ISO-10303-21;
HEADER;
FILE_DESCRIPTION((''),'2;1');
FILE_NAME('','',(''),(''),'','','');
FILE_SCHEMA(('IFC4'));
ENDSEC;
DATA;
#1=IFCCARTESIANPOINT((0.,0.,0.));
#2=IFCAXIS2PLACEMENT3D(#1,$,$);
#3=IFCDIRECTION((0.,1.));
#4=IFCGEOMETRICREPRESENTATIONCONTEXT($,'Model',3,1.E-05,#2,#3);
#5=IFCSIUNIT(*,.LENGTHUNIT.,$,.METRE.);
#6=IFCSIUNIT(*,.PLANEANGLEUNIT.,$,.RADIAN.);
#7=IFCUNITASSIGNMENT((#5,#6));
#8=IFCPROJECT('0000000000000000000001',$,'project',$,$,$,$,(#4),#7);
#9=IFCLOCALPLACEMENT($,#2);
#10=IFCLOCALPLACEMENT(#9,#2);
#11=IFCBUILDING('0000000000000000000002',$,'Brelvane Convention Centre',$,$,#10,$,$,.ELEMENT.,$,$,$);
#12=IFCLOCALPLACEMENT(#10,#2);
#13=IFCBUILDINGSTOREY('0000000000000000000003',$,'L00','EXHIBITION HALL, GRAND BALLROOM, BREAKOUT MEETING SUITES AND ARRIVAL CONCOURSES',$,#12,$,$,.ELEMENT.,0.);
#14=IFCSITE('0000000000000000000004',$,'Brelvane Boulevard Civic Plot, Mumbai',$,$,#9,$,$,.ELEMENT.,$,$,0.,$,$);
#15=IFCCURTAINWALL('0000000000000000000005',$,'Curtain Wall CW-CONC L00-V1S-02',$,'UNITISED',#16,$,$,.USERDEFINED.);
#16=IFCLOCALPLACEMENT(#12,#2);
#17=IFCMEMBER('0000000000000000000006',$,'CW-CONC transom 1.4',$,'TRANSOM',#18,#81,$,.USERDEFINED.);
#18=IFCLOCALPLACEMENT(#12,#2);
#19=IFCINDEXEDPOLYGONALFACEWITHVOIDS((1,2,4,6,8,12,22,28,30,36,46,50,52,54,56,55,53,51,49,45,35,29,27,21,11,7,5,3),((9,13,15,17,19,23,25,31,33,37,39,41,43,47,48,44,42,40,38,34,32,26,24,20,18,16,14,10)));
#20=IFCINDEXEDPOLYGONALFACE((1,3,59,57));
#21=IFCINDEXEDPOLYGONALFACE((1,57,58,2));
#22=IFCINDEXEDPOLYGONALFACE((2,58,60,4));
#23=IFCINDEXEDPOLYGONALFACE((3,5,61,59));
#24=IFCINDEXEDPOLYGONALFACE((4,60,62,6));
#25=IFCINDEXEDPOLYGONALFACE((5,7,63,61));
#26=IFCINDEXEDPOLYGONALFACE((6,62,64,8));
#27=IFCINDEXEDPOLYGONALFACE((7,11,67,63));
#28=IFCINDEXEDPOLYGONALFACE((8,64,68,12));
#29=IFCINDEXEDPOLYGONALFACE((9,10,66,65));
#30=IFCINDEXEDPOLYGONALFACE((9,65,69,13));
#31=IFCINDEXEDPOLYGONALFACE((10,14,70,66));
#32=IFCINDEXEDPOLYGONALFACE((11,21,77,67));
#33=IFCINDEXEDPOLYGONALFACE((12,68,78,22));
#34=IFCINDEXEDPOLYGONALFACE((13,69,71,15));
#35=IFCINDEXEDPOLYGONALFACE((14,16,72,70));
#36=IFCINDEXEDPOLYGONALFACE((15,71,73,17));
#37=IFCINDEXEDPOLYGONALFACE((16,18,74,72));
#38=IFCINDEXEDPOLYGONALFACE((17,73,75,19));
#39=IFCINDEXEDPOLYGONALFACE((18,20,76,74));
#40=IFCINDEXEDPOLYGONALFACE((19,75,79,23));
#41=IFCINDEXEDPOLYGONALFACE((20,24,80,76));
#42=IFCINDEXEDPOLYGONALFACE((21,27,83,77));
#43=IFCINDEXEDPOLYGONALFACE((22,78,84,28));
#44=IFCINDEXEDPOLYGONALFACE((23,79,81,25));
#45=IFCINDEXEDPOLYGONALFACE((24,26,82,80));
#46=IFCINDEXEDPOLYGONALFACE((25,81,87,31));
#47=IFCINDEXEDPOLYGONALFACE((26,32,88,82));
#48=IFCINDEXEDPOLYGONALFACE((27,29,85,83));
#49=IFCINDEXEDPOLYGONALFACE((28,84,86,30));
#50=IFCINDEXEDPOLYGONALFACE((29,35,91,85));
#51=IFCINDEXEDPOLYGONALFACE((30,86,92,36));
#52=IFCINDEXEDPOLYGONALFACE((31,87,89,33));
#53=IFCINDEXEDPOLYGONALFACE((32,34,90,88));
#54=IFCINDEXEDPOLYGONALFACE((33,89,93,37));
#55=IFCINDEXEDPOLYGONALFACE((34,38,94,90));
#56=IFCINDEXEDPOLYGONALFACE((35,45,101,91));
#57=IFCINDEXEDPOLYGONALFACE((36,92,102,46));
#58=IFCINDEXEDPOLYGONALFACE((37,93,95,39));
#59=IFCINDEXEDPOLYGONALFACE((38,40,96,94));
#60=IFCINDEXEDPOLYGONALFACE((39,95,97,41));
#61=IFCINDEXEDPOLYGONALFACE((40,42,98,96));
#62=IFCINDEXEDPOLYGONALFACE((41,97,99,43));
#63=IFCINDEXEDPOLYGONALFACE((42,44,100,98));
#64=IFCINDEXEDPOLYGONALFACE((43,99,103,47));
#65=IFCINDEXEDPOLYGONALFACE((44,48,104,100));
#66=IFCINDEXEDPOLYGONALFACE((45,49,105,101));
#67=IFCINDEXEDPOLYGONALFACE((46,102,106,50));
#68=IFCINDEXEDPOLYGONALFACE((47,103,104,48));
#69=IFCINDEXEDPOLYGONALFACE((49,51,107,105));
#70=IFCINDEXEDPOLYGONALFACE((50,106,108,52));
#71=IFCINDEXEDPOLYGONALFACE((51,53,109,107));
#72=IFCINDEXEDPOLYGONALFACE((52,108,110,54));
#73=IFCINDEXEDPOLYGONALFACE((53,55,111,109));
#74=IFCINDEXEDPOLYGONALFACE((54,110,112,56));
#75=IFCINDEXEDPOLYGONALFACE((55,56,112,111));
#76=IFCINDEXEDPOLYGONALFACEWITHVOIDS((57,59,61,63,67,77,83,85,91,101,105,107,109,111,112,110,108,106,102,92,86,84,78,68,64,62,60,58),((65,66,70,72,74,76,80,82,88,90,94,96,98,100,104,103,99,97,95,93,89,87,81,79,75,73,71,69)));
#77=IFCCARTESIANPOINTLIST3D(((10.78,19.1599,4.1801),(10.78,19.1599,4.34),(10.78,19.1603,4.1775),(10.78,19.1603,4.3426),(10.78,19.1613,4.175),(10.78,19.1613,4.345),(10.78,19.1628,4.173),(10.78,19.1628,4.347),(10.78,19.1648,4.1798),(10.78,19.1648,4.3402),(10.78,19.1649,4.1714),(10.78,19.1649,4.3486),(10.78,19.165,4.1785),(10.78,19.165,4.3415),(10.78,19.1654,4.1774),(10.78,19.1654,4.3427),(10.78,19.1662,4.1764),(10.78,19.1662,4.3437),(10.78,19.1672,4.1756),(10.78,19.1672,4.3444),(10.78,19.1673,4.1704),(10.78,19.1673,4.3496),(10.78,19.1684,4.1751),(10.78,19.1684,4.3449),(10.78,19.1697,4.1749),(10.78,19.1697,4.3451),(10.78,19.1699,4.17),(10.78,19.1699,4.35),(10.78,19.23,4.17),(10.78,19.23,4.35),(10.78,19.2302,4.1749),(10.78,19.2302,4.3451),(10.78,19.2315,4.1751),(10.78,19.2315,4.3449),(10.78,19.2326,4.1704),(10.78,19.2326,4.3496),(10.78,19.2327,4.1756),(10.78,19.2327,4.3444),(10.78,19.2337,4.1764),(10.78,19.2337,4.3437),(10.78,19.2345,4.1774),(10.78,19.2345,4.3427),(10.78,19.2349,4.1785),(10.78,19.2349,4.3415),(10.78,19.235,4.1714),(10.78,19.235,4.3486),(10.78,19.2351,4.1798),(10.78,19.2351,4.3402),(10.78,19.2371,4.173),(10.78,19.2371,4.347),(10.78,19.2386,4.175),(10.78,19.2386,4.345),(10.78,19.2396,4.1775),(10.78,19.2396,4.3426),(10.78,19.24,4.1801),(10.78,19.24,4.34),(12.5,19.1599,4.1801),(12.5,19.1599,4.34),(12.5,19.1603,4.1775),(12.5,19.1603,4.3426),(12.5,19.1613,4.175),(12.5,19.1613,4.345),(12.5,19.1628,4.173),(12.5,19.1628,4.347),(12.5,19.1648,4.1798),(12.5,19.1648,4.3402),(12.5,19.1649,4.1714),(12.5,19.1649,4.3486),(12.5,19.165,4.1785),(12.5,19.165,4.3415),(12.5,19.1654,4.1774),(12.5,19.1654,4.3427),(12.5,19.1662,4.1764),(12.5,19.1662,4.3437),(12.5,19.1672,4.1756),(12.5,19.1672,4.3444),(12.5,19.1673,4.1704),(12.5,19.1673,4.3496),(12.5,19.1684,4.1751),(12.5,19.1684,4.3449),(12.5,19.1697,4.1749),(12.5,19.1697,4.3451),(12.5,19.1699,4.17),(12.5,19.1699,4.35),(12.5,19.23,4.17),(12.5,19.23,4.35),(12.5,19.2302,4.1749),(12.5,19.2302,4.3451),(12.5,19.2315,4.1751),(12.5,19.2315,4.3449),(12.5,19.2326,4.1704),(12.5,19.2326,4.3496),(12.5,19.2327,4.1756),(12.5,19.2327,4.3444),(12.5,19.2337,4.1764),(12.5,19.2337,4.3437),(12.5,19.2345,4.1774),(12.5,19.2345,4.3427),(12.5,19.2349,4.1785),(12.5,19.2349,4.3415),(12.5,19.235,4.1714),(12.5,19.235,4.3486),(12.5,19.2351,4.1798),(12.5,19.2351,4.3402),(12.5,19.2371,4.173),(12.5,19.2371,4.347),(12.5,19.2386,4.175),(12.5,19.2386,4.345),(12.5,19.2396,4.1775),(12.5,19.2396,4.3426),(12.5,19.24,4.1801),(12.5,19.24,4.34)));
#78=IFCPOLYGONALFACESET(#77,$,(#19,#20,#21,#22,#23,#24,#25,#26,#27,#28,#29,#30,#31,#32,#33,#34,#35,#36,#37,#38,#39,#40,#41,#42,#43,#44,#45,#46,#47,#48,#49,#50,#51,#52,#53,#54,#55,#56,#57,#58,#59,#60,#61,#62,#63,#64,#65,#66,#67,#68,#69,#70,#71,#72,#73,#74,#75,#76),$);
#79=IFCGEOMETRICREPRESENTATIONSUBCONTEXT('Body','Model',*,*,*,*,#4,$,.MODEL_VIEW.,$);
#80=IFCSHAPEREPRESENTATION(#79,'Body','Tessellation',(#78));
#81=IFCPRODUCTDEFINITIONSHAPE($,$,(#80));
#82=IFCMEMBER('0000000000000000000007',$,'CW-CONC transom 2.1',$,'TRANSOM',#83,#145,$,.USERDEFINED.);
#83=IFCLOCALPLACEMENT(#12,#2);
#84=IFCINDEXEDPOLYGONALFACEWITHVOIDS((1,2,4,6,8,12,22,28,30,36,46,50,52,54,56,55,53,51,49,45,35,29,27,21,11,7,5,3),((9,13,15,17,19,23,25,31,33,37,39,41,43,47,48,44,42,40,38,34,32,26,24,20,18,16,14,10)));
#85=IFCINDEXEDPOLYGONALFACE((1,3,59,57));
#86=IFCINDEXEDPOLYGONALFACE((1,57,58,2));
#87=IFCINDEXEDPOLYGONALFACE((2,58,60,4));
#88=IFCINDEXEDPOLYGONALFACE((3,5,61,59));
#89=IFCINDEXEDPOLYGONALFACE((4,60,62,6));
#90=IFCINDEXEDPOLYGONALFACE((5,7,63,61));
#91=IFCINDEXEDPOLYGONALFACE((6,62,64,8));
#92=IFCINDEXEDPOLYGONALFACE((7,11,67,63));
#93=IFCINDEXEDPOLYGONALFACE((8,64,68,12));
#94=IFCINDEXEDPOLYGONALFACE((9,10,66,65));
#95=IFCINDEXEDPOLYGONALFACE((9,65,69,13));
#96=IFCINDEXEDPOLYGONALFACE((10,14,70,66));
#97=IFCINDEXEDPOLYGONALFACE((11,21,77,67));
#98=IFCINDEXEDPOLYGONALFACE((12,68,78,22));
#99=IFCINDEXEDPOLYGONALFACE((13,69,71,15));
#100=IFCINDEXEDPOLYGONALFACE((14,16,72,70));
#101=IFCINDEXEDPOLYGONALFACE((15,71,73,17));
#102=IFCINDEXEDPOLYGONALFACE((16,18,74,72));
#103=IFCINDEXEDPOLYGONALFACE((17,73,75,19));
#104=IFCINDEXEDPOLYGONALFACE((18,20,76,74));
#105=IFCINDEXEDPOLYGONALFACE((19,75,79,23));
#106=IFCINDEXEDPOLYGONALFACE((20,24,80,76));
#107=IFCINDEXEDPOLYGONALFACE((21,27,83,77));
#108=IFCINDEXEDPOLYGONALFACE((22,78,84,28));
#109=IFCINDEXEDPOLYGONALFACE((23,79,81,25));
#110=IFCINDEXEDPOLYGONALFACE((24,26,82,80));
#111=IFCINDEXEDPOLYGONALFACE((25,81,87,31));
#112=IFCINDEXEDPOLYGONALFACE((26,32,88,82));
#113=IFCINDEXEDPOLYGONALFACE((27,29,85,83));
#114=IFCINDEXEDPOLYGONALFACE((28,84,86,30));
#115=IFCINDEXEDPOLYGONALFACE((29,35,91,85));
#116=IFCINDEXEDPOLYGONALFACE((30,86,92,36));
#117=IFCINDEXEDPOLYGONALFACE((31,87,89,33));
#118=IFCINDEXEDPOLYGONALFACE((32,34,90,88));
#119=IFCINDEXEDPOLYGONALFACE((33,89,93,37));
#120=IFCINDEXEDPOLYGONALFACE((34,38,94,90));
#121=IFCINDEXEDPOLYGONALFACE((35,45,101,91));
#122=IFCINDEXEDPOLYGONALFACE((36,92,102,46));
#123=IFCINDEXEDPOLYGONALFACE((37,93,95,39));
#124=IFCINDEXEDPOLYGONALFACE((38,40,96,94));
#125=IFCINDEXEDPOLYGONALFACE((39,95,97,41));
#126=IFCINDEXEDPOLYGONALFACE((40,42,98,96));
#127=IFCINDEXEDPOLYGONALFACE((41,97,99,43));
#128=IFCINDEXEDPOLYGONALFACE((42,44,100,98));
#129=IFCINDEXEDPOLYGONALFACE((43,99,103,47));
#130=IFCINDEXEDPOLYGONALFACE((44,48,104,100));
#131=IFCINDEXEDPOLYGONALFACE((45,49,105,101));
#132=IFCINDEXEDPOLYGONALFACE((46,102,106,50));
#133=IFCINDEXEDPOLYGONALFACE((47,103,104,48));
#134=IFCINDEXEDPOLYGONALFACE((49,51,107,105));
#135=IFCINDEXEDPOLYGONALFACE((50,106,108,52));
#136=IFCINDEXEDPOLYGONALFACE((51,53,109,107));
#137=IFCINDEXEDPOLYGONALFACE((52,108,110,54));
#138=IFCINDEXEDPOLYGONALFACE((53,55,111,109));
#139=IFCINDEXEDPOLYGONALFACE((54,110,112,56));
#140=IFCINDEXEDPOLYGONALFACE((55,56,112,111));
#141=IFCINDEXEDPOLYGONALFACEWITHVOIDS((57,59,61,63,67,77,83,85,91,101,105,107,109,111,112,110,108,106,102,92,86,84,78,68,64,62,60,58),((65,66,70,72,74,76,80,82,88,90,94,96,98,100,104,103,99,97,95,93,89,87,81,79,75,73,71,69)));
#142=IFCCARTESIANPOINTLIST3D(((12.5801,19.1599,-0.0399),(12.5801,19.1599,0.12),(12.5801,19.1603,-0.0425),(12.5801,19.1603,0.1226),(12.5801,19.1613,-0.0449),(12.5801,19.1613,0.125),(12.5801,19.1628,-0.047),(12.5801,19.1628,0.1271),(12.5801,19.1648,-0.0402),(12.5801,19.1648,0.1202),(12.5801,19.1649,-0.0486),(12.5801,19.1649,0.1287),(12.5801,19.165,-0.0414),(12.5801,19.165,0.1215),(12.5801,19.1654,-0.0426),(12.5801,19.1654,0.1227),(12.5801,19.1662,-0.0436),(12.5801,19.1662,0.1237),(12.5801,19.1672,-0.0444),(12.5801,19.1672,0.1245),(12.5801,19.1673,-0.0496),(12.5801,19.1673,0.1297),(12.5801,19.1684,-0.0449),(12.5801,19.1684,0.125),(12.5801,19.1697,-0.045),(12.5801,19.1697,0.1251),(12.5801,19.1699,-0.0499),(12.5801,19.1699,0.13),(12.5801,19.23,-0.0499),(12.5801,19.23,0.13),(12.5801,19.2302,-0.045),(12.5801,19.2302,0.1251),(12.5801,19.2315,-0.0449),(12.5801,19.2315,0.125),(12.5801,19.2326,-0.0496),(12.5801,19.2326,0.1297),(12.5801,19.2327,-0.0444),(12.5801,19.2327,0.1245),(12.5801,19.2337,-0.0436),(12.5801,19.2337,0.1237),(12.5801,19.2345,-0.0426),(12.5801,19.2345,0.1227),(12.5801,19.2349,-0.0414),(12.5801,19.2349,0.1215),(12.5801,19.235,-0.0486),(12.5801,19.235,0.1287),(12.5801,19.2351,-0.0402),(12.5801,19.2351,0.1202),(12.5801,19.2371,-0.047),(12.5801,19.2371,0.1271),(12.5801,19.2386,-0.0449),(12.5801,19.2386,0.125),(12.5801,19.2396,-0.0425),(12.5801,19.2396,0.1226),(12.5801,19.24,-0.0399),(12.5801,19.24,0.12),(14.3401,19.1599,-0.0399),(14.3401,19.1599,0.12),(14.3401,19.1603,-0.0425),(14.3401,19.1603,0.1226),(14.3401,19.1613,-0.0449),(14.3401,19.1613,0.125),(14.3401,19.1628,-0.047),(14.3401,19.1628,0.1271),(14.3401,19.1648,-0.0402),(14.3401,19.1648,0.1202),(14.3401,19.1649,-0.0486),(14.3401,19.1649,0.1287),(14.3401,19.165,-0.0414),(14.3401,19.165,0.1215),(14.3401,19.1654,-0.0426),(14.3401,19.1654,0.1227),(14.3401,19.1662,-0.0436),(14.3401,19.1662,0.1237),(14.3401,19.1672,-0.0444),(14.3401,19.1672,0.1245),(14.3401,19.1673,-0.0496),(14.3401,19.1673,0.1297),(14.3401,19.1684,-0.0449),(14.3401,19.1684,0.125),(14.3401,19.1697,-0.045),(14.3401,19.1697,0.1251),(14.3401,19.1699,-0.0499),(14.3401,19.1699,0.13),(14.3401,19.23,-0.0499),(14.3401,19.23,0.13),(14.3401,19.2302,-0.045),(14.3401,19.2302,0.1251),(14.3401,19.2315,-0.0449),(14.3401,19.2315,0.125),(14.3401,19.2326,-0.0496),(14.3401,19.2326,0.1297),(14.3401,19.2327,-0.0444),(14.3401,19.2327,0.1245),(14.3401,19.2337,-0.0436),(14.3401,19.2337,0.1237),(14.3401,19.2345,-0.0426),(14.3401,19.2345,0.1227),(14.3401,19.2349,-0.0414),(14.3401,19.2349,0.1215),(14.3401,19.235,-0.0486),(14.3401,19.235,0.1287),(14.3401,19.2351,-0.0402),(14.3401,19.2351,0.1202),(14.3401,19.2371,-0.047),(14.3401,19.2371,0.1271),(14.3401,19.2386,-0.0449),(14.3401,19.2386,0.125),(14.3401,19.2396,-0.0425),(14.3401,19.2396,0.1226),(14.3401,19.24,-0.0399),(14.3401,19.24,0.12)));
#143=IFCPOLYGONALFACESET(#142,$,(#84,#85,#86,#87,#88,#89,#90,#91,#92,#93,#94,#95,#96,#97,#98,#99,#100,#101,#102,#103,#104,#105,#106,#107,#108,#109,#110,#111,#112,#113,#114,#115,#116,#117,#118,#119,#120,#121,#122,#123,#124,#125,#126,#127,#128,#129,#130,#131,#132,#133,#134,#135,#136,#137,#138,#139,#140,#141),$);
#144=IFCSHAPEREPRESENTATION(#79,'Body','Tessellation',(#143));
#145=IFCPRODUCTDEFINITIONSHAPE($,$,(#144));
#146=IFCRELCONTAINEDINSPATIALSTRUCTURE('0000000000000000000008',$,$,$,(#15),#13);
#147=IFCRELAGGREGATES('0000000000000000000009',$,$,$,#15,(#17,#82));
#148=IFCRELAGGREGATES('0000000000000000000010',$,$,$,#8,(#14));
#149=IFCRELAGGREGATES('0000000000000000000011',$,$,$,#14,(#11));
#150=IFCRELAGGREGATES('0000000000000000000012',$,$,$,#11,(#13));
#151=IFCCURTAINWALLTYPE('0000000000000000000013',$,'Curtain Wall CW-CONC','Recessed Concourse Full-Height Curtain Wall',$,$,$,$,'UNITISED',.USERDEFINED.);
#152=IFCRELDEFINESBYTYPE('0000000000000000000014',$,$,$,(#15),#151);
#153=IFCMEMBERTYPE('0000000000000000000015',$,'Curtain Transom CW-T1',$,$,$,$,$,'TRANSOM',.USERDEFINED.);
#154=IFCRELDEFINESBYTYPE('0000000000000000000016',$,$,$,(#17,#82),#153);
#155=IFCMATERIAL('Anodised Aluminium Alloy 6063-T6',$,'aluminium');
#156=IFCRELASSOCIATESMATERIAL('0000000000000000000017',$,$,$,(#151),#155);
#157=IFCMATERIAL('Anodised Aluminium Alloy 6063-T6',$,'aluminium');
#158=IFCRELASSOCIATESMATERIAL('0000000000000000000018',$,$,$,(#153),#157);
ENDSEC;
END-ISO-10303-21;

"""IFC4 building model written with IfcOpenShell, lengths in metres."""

from ifc_helpers import new_model, si_unit, direction, frame, origin, origin_2d, place, context, subcontext, project, spatial, hollow_rectangle, extrude, material, material_profile, profile_set, type_object, element, aggregate, save


model = new_model("IFC4")

# Units and contexts
model_context = context("Model", 3, precision=1e-05, world=origin(), true_north=direction((0.0, 1.0)))
body_context = subcontext(model_context, "Body", "Model", "MODEL_VIEW")
ifc_project = project(units=[si_unit("LENGTHUNIT", "METRE"), si_unit("PLANEANGLEUNIT", "RADIAN")], contexts=[model_context])

# Site, building, storey
site_placement = place(None, origin())
site = spatial("IfcSite", under=ifc_project, at=site_placement, Name="Brelvane Boulevard Civic Plot, Mumbai", CompositionType="ELEMENT", RefElevation=0.0)
building_placement = place(site_placement, origin())
building = spatial("IfcBuilding", under=site, at=building_placement, Name="Brelvane Convention Centre", CompositionType="ELEMENT")
storey_placement = place(building_placement, origin())
storey = spatial("IfcBuildingStorey", under=building, at=storey_placement, Name="L00", Description="EXHIBITION HALL, GRAND BALLROOM, BREAKOUT MEETING SUITES AND ARRIVAL CONCOURSES", CompositionType="ELEMENT", Elevation=0.0)

# Curtain wall, members
ifc_material_1 = material(Name="Anodised Aluminium Alloy 6063-T6", Category="aluminium")
curtain_wall_type = type_object("IfcCurtainWallType", Name="Curtain Wall CW-CONC", Description="Recessed Concourse Full-Height Curtain Wall", ElementType="UNITISED", PredefinedType="USERDEFINED", material=ifc_material_1)
curtain_wall_placement = place(storey_placement, origin())
curtain_wall = element("IfcCurtainWall", 1, at=curtain_wall_placement, inside=storey, type_object=curtain_wall_type, Name="Curtain Wall CW-CONC L00-V1S-02", ObjectType="UNITISED", PredefinedType="USERDEFINED")
ifc_material_2 = material(Name="Anodised Aluminium Alloy 6063-T6", Category="aluminium")
ifc_material_profile_1 = material_profile(ifc_material_2, hollow_rectangle(XDim=0.0801, YDim=0.1799, WallThickness=0.0049, InnerFilletRadius=0.0049, OuterFilletRadius=0.01, at=origin_2d()), Name="ALU-T 180x80x5.0")
ifc_profile_set_1 = profile_set([ifc_material_profile_1], Name="Anodised Aluminium Alloy 6063-T6")
member_type_1 = type_object("IfcMemberType", Name="Curtain Transom CW-T1", ElementType="TRANSOM", PredefinedType="USERDEFINED", material=ifc_profile_set_1)
member_1_placement = place(storey_placement, frame((10.78, 19.2, 4.26), z_axis=(1.0, 0.0, 0.0), x_axis=(0.0, 1.0, 0.0)))
member_1 = element("IfcMember", 2, at=member_1_placement, type_object=member_type_1, Name="CW-CONC transom 1.4", ObjectType="TRANSOM", PredefinedType="USERDEFINED", context=body_context, shape_type="SweptSolid", body=[
    extrude(hollow_rectangle(XDim=0.0801, YDim=0.1799, WallThickness=0.0049, InnerFilletRadius=0.0049, OuterFilletRadius=0.01, at=origin_2d()), origin(), (0.0, 0.0, 1.0), 1.72),
])
member_2_placement = place(storey_placement, frame((12.5801, 19.2, 0.04), z_axis=(1.0, 0.0, 0.0), x_axis=(0.0, 1.0, 0.0)))
member_2 = element("IfcMember", 3, at=member_2_placement, type_object=member_type_1, Name="CW-CONC transom 2.1", ObjectType="TRANSOM", PredefinedType="USERDEFINED", context=body_context, shape_type="SweptSolid", body=[
    extrude(hollow_rectangle(XDim=0.0801, YDim=0.1799, WallThickness=0.0049, InnerFilletRadius=0.0049, OuterFilletRadius=0.01, at=origin_2d()), origin(), (0.0, 0.0, 1.0), 1.76),
])

aggregate(curtain_wall, [member_1, member_2])

save(model, "model.ifc")
